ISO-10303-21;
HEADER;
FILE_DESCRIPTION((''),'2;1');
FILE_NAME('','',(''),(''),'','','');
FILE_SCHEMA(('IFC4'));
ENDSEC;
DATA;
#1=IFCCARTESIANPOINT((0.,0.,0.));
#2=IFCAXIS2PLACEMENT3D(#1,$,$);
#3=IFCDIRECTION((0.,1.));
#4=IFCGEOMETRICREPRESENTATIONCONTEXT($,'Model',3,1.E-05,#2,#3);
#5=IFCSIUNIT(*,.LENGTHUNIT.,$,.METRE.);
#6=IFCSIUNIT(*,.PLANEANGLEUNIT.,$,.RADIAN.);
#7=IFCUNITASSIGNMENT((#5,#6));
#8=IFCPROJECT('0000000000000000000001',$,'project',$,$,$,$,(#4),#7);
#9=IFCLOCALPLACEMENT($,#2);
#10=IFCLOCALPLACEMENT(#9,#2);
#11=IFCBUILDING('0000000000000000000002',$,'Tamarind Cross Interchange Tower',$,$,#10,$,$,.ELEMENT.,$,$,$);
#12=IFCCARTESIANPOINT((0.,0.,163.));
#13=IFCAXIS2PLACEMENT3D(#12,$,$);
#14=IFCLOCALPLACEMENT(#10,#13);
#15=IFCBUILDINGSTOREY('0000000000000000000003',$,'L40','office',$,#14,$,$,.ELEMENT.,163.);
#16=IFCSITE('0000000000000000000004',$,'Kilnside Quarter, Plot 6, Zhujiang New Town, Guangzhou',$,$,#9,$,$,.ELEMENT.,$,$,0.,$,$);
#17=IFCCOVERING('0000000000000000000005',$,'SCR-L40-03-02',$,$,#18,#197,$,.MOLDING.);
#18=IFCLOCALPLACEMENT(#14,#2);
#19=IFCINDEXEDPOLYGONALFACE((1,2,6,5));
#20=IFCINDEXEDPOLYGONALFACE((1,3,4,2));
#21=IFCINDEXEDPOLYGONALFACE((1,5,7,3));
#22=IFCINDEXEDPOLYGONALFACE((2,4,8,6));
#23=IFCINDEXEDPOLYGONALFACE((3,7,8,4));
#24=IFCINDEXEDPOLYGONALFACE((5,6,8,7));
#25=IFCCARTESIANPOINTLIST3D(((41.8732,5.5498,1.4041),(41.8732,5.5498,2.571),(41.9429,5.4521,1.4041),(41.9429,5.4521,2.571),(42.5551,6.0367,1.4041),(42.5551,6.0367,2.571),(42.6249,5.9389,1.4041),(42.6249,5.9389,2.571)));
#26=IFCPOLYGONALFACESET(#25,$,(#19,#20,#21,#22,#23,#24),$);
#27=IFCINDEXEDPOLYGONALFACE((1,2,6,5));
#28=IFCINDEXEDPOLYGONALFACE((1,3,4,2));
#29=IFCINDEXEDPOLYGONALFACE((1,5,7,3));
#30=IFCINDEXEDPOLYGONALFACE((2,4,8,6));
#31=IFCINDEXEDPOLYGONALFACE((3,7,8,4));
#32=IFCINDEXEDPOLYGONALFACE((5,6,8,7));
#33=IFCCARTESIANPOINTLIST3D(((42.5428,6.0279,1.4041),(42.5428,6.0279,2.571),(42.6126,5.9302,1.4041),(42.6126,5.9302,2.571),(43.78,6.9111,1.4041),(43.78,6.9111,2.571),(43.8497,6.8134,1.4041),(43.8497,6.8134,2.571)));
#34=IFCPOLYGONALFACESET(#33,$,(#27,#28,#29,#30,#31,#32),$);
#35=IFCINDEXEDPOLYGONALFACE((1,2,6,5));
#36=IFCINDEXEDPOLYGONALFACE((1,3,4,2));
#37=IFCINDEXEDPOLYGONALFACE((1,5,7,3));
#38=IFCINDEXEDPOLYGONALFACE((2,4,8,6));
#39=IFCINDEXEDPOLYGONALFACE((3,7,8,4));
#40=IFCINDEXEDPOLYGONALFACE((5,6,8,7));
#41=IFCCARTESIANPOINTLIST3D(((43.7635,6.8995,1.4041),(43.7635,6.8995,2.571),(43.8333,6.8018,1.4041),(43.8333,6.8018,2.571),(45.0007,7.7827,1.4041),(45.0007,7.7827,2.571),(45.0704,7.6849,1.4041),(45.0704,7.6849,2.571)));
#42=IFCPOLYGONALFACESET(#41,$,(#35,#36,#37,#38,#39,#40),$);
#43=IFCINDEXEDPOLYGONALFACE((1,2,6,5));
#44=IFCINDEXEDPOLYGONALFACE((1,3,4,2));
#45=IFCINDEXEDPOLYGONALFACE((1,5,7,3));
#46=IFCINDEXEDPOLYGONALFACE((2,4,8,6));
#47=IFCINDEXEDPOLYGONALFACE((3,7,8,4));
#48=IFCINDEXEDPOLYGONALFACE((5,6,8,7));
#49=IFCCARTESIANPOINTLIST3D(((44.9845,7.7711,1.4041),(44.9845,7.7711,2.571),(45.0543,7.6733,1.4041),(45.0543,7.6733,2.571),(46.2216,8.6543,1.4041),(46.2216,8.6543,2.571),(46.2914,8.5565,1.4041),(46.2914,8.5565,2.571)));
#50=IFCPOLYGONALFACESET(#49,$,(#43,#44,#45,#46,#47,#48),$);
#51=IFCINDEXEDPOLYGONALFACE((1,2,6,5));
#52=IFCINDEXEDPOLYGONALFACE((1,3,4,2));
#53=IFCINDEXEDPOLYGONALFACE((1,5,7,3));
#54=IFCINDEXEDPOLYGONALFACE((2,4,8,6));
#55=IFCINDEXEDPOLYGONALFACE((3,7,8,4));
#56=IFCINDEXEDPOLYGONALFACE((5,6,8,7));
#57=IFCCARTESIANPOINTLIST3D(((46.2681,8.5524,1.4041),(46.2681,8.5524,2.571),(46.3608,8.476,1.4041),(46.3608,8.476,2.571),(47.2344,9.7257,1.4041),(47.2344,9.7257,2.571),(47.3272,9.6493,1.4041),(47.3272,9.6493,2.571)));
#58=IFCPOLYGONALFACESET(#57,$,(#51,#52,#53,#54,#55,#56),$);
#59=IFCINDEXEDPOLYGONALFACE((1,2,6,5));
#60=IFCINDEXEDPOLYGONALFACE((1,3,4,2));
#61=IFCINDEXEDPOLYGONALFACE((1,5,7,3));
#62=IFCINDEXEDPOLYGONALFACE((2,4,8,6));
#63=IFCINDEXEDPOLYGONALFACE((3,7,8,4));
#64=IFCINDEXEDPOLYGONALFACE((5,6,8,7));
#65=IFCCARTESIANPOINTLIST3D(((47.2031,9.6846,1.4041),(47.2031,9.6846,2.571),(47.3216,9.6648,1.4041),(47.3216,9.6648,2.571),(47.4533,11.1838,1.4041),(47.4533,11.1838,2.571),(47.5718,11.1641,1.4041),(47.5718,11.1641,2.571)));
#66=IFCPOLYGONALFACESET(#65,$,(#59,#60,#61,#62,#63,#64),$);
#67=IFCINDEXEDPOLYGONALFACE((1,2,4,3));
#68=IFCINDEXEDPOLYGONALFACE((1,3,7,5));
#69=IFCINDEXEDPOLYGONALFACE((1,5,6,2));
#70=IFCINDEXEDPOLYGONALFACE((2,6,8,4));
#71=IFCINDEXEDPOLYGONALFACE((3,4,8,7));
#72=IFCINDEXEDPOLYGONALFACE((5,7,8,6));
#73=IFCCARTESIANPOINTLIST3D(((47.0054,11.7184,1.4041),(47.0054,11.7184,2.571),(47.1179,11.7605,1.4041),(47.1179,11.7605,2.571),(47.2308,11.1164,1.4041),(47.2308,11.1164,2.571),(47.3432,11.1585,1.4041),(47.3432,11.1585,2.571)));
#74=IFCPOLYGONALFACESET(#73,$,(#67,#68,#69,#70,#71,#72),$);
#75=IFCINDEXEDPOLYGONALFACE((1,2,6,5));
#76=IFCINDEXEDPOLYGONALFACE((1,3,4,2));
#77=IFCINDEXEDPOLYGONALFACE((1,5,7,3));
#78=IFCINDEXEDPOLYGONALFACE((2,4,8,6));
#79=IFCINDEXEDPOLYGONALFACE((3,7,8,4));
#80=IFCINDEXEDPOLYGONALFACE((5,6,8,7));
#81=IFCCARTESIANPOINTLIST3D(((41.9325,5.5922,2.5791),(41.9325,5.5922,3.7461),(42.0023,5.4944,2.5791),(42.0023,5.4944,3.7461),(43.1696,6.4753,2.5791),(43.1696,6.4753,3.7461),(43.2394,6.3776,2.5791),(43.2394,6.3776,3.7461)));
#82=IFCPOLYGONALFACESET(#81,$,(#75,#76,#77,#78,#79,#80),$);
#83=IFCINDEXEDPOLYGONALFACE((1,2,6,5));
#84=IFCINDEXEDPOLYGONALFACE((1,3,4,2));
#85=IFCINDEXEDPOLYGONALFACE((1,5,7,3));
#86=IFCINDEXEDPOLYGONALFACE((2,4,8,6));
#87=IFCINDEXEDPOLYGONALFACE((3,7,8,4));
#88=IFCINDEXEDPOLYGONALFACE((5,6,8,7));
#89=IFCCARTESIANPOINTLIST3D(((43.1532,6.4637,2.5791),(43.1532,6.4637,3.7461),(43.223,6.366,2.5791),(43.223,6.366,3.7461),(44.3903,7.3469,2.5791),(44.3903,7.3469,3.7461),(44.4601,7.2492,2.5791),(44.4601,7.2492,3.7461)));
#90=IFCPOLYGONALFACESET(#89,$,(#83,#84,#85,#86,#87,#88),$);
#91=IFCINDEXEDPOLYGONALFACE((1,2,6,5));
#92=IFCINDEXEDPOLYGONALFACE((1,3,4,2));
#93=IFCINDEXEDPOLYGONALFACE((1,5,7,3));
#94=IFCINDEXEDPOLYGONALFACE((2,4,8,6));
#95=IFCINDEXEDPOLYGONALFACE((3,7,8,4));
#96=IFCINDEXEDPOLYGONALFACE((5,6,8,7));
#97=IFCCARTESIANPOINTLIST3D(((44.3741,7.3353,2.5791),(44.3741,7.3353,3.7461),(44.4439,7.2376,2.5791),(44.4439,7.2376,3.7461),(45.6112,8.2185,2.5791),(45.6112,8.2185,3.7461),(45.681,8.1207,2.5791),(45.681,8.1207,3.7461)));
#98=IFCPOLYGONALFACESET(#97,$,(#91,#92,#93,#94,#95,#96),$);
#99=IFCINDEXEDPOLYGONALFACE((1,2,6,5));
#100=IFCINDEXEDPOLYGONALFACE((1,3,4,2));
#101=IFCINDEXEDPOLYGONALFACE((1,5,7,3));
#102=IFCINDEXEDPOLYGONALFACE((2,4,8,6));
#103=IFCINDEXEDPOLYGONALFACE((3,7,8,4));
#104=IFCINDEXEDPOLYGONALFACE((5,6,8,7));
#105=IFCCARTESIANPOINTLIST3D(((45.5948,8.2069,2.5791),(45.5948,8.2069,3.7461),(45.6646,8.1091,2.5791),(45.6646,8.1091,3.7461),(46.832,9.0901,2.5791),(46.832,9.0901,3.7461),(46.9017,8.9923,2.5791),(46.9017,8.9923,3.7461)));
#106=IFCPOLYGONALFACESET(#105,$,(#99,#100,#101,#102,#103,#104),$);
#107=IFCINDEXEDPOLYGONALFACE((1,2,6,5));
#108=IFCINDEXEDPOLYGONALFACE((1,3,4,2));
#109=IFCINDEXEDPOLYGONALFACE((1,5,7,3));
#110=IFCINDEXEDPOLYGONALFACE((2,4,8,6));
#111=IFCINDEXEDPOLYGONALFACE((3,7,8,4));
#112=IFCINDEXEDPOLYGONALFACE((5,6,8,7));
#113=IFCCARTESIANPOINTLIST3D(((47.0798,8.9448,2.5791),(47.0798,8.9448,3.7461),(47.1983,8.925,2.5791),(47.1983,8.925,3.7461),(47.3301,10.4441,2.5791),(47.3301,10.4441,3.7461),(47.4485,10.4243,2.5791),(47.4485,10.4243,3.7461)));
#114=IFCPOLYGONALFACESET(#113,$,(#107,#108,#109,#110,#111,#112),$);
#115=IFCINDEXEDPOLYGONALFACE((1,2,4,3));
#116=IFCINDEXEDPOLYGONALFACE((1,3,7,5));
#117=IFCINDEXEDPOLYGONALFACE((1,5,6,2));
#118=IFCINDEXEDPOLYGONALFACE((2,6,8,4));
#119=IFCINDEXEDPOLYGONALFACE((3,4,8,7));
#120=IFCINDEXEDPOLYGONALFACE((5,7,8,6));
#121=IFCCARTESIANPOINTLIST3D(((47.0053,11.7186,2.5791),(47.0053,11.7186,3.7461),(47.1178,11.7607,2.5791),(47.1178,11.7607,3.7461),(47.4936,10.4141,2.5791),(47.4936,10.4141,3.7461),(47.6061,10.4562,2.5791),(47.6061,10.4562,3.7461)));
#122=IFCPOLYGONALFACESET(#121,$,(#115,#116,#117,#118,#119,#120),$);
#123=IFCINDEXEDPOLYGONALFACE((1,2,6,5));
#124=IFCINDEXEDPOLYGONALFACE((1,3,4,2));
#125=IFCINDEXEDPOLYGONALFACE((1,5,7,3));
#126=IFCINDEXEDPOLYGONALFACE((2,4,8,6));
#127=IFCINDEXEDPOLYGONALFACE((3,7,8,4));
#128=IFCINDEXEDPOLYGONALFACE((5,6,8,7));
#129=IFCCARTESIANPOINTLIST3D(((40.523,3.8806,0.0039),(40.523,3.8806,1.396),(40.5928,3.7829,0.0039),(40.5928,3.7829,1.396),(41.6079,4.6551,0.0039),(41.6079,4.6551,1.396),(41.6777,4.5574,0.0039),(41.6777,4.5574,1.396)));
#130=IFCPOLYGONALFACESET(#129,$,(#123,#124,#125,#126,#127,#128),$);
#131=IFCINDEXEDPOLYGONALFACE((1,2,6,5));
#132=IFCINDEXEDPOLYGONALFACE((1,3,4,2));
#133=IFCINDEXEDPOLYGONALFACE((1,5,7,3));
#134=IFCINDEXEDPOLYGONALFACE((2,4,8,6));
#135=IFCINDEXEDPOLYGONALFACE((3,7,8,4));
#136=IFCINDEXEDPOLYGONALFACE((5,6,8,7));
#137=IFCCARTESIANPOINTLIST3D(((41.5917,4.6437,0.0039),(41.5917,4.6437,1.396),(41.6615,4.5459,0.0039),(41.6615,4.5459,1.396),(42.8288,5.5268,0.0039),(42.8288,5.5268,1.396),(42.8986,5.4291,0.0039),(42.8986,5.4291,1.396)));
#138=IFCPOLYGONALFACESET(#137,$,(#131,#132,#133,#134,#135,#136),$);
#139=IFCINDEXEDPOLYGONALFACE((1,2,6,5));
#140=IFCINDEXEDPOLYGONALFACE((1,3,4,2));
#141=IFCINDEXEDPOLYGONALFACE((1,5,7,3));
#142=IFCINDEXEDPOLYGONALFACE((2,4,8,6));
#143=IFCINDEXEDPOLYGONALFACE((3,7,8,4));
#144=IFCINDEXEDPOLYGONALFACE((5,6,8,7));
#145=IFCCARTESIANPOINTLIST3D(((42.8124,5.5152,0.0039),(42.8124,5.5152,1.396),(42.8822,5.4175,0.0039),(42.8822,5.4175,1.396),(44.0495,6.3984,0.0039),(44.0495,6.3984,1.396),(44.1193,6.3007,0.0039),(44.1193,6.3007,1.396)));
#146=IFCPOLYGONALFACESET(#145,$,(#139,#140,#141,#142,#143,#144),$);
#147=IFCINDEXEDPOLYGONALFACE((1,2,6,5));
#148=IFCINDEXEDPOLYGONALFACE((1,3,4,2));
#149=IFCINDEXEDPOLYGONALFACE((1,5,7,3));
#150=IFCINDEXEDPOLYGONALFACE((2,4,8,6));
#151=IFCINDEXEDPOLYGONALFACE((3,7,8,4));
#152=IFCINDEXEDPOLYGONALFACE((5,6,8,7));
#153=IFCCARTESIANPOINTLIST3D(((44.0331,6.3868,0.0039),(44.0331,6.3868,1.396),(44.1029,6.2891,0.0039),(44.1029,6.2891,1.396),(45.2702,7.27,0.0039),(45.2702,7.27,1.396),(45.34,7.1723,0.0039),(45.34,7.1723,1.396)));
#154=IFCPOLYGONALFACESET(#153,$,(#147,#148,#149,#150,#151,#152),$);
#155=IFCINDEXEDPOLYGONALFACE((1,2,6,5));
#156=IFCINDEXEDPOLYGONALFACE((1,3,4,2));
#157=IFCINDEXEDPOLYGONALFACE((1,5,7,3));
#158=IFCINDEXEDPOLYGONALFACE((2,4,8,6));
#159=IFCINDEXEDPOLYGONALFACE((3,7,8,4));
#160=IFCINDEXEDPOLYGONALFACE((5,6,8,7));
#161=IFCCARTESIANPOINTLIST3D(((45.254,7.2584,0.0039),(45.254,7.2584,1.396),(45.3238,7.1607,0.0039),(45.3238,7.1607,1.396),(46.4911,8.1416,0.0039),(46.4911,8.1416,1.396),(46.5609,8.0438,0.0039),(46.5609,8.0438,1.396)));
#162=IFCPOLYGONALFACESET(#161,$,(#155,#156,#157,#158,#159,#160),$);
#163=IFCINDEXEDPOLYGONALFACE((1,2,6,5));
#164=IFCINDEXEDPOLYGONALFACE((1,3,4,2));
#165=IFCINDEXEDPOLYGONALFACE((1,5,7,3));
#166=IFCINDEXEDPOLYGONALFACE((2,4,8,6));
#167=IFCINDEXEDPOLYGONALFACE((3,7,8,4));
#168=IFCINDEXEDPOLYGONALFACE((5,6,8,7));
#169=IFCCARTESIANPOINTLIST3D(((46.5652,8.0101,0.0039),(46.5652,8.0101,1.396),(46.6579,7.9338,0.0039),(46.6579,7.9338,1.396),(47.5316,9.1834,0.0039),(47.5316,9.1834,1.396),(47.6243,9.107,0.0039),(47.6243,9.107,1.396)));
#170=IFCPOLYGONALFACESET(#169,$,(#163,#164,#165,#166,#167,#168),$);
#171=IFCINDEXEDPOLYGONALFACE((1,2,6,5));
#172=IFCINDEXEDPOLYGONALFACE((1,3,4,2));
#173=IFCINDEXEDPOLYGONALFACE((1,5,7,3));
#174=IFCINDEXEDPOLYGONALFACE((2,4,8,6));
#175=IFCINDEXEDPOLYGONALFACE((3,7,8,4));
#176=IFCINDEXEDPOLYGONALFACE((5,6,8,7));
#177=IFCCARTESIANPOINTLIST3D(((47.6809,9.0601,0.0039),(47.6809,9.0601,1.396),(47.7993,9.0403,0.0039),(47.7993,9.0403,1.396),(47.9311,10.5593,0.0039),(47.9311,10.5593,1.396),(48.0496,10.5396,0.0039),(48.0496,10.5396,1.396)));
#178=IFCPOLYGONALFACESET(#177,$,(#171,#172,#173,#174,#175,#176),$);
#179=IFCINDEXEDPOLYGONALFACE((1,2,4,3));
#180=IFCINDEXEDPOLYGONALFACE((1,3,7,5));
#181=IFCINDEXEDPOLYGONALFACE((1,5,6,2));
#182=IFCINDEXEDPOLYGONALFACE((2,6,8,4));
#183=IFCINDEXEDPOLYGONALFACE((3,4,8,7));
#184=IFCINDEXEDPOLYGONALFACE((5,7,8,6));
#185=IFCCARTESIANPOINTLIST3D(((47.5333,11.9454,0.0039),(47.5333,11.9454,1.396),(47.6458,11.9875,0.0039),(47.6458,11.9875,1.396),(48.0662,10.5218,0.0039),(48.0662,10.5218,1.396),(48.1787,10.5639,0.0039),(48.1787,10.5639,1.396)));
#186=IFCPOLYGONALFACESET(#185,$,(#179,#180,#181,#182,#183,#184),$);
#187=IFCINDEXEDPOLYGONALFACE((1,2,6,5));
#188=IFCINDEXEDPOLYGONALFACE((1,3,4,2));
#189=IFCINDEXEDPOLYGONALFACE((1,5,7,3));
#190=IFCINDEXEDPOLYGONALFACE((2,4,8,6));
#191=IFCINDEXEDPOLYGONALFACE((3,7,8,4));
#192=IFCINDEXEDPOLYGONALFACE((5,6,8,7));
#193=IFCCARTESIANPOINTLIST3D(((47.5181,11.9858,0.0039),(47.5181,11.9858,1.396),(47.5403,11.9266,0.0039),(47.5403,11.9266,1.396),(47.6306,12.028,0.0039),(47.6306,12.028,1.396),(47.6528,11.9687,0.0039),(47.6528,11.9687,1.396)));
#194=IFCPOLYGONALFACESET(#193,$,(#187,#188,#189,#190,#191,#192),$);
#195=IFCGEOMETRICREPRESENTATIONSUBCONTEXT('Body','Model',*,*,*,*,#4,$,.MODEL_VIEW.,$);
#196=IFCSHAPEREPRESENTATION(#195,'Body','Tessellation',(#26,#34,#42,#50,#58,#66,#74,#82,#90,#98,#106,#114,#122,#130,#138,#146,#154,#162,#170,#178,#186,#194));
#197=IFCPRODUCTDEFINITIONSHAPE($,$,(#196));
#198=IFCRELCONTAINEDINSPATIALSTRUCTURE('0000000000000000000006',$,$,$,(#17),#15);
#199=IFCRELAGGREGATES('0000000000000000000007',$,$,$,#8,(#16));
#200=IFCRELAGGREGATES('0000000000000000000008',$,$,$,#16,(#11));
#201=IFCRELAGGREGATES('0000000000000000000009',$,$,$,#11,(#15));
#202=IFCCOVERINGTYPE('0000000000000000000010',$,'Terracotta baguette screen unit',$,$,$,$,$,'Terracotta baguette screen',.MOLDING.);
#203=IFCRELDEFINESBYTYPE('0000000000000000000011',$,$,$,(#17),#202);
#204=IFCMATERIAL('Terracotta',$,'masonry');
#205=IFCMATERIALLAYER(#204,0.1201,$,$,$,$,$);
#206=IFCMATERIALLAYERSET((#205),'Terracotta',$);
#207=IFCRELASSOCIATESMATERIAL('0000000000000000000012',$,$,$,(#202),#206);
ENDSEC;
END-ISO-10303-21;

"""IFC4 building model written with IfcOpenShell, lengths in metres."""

from ifc_helpers import new_model, si_unit, direction, frame, origin, origin_2d, place, context, subcontext, project, spatial, rectangle, extrude, material, layer, layer_set, type_object, element, save


model = new_model("IFC4")

# Units and contexts
model_context = context("Model", 3, precision=1e-05, world=origin(), true_north=direction((0.0, 1.0)))
body_context = subcontext(model_context, "Body", "Model", "MODEL_VIEW")
ifc_project = project(units=[si_unit("LENGTHUNIT", "METRE"), si_unit("PLANEANGLEUNIT", "RADIAN")], contexts=[model_context])

# Site, building, storey
site_placement = place(None, origin())
site = spatial("IfcSite", under=ifc_project, at=site_placement, Name="Kilnside Quarter, Plot 6, Zhujiang New Town, Guangzhou", CompositionType="ELEMENT", RefElevation=0.0)
building_placement = place(site_placement, origin())
building = spatial("IfcBuilding", under=site, at=building_placement, Name="Tamarind Cross Interchange Tower", CompositionType="ELEMENT")
storey_placement = place(building_placement, frame((0.0, 0.0, 163.0)))
storey = spatial("IfcBuildingStorey", under=building, at=storey_placement, Name="L40", Description="office", CompositionType="ELEMENT", Elevation=163.0)

# Covering
ifc_material_1 = material(Name="Terracotta", Category="masonry")
ifc_layer_1 = layer(ifc_material_1, 0.1201)
ifc_layer_set_1 = layer_set([ifc_layer_1], Name="Terracotta")
covering_type = type_object("IfcCoveringType", Name="Terracotta baguette screen unit", ElementType="Terracotta baguette screen", PredefinedType="MOLDING", material=ifc_layer_set_1)
covering_1_placement = place(storey_placement, origin())
element("IfcCovering", 1, at=covering_1_placement, inside=storey, type_object=covering_type, Name="SCR-L40-03-02", PredefinedType="MOLDING", context=body_context, shape_type="SweptSolid", body=[
    extrude(rectangle(XDim=0.8379, YDim=0.1201, at=origin_2d()), frame((42.249, 5.7444, 1.4041), z_axis=(0.0, 0.0, 1.0), x_axis=(0.81388, 0.581033, 0.0)), (0.0, 0.0, 1.0), 1.167),
    extrude(rectangle(XDim=1.52, YDim=0.1201, at=origin_2d()), frame((43.1963, 6.4207, 1.4041), z_axis=(0.0, 0.0, 1.0), x_axis=(0.81388, 0.581033, 0.0)), (0.0, 0.0, 1.0), 1.167),
    extrude(rectangle(XDim=1.52, YDim=0.1201, at=origin_2d()), frame((44.417, 7.2922, 1.4041), z_axis=(0.0, 0.0, 1.0), x_axis=(0.81388, 0.581033, 0.0)), (0.0, 0.0, 1.0), 1.167),
    extrude(rectangle(XDim=1.52, YDim=0.1201, at=origin_2d()), frame((45.6379, 8.1638, 1.4041), z_axis=(0.0, 0.0, 1.0), x_axis=(0.81388, 0.581033, 0.0)), (0.0, 0.0, 1.0), 1.167),
    extrude(rectangle(XDim=1.52, YDim=0.1201, at=origin_2d()), frame((46.7976, 9.1008, 1.4041), z_axis=(0.0, 0.0, 1.0), x_axis=(0.635766, 0.771882, 0.0)), (0.0, 0.0, 1.0), 1.167),
    extrude(rectangle(XDim=1.52, YDim=0.1201, at=origin_2d()), frame((47.3875, 10.4243, 1.4041), z_axis=(0.0, 0.0, 1.0), x_axis=(0.164648, 0.986352, 0.0)), (0.0, 0.0, 1.0), 1.167),
    extrude(rectangle(XDim=0.6428, YDim=0.1201, at=origin_2d()), frame((47.1743, 11.4385, 1.4041), z_axis=(0.0, 0.0, 1.0), x_axis=(-0.350587, 0.93653, 0.0)), (0.0, 0.0, 1.0), 1.167),
    extrude(rectangle(XDim=1.52, YDim=0.1201, at=origin_2d()), frame((42.5859, 5.9849, 2.5791), z_axis=(0.0, 0.0, 1.0), x_axis=(0.81388, 0.581033, 0.0)), (0.0, 0.0, 1.0), 1.167),
    extrude(rectangle(XDim=1.52, YDim=0.1201, at=origin_2d()), frame((43.8066, 6.8564, 2.5791), z_axis=(0.0, 0.0, 1.0), x_axis=(0.81388, 0.581033, 0.0)), (0.0, 0.0, 1.0), 1.167),
    extrude(rectangle(XDim=1.52, YDim=0.1201, at=origin_2d()), frame((45.0276, 7.728, 2.5791), z_axis=(0.0, 0.0, 1.0), x_axis=(0.81388, 0.581033, 0.0)), (0.0, 0.0, 1.0), 1.167),
    extrude(rectangle(XDim=1.52, YDim=0.1201, at=origin_2d()), frame((46.2483, 8.5996, 2.5791), z_axis=(0.0, 0.0, 1.0), x_axis=(0.81388, 0.581033, 0.0)), (0.0, 0.0, 1.0), 1.167),
    extrude(rectangle(XDim=1.52, YDim=0.1201, at=origin_2d()), frame((47.2642, 9.6846, 2.5791), z_axis=(0.0, 0.0, 1.0), x_axis=(0.164648, 0.986352, 0.0)), (0.0, 0.0, 1.0), 1.167),
    extrude(rectangle(XDim=1.3928, YDim=0.1201, at=origin_2d()), frame((47.3057, 11.0874, 2.5791), z_axis=(0.0, 0.0, 1.0), x_axis=(-0.350587, 0.93653, 0.0)), (0.0, 0.0, 1.0), 1.167),
    extrude(rectangle(XDim=1.333, YDim=0.1201, at=origin_2d()), frame((41.1003, 4.219, 0.0039), z_axis=(0.0, 0.0, 1.0), x_axis=(0.81388, 0.581033, 0.0)), (0.0, 0.0, 1.0), 1.3921),
    extrude(rectangle(XDim=1.52, YDim=0.1201, at=origin_2d()), frame((42.2451, 5.0364, 0.0039), z_axis=(0.0, 0.0, 1.0), x_axis=(0.81388, 0.581033, 0.0)), (0.0, 0.0, 1.0), 1.3921),
    extrude(rectangle(XDim=1.52, YDim=0.1201, at=origin_2d()), frame((43.4658, 5.908, 0.0039), z_axis=(0.0, 0.0, 1.0), x_axis=(0.81388, 0.581033, 0.0)), (0.0, 0.0, 1.0), 1.3921),
    extrude(rectangle(XDim=1.52, YDim=0.1201, at=origin_2d()), frame((44.6865, 6.7795, 0.0039), z_axis=(0.0, 0.0, 1.0), x_axis=(0.81388, 0.581033, 0.0)), (0.0, 0.0, 1.0), 1.3921),
    extrude(rectangle(XDim=1.52, YDim=0.1201, at=origin_2d()), frame((45.9075, 7.6511, 0.0039), z_axis=(0.0, 0.0, 1.0), x_axis=(0.81388, 0.581033, 0.0)), (0.0, 0.0, 1.0), 1.3921),
    extrude(rectangle(XDim=1.52, YDim=0.1201, at=origin_2d()), frame((47.0947, 8.5586, 0.0039), z_axis=(0.0, 0.0, 1.0), x_axis=(0.635766, 0.771882, 0.0)), (0.0, 0.0, 1.0), 1.3921),
    extrude(rectangle(XDim=1.52, YDim=0.1201, at=origin_2d()), frame((47.8652, 9.7998, 0.0039), z_axis=(0.0, 0.0, 1.0), x_axis=(0.164648, 0.986352, 0.0)), (0.0, 0.0, 1.0), 1.3921),
    extrude(rectangle(XDim=1.52, YDim=0.1201, at=origin_2d()), frame((47.856, 11.2546, 0.0039), z_axis=(0.0, 0.0, 1.0), x_axis=(-0.350587, 0.93653, 0.0)), (0.0, 0.0, 1.0), 1.3921),
    extrude(rectangle(XDim=0.0632, YDim=0.1201, at=origin_2d()), frame((47.5854, 11.9773, 0.0039), z_axis=(0.0, 0.0, 1.0), x_axis=(-0.350587, 0.93653, 0.0)), (0.0, 0.0, 1.0), 1.3921),
])

save(model, "model.ifc")
